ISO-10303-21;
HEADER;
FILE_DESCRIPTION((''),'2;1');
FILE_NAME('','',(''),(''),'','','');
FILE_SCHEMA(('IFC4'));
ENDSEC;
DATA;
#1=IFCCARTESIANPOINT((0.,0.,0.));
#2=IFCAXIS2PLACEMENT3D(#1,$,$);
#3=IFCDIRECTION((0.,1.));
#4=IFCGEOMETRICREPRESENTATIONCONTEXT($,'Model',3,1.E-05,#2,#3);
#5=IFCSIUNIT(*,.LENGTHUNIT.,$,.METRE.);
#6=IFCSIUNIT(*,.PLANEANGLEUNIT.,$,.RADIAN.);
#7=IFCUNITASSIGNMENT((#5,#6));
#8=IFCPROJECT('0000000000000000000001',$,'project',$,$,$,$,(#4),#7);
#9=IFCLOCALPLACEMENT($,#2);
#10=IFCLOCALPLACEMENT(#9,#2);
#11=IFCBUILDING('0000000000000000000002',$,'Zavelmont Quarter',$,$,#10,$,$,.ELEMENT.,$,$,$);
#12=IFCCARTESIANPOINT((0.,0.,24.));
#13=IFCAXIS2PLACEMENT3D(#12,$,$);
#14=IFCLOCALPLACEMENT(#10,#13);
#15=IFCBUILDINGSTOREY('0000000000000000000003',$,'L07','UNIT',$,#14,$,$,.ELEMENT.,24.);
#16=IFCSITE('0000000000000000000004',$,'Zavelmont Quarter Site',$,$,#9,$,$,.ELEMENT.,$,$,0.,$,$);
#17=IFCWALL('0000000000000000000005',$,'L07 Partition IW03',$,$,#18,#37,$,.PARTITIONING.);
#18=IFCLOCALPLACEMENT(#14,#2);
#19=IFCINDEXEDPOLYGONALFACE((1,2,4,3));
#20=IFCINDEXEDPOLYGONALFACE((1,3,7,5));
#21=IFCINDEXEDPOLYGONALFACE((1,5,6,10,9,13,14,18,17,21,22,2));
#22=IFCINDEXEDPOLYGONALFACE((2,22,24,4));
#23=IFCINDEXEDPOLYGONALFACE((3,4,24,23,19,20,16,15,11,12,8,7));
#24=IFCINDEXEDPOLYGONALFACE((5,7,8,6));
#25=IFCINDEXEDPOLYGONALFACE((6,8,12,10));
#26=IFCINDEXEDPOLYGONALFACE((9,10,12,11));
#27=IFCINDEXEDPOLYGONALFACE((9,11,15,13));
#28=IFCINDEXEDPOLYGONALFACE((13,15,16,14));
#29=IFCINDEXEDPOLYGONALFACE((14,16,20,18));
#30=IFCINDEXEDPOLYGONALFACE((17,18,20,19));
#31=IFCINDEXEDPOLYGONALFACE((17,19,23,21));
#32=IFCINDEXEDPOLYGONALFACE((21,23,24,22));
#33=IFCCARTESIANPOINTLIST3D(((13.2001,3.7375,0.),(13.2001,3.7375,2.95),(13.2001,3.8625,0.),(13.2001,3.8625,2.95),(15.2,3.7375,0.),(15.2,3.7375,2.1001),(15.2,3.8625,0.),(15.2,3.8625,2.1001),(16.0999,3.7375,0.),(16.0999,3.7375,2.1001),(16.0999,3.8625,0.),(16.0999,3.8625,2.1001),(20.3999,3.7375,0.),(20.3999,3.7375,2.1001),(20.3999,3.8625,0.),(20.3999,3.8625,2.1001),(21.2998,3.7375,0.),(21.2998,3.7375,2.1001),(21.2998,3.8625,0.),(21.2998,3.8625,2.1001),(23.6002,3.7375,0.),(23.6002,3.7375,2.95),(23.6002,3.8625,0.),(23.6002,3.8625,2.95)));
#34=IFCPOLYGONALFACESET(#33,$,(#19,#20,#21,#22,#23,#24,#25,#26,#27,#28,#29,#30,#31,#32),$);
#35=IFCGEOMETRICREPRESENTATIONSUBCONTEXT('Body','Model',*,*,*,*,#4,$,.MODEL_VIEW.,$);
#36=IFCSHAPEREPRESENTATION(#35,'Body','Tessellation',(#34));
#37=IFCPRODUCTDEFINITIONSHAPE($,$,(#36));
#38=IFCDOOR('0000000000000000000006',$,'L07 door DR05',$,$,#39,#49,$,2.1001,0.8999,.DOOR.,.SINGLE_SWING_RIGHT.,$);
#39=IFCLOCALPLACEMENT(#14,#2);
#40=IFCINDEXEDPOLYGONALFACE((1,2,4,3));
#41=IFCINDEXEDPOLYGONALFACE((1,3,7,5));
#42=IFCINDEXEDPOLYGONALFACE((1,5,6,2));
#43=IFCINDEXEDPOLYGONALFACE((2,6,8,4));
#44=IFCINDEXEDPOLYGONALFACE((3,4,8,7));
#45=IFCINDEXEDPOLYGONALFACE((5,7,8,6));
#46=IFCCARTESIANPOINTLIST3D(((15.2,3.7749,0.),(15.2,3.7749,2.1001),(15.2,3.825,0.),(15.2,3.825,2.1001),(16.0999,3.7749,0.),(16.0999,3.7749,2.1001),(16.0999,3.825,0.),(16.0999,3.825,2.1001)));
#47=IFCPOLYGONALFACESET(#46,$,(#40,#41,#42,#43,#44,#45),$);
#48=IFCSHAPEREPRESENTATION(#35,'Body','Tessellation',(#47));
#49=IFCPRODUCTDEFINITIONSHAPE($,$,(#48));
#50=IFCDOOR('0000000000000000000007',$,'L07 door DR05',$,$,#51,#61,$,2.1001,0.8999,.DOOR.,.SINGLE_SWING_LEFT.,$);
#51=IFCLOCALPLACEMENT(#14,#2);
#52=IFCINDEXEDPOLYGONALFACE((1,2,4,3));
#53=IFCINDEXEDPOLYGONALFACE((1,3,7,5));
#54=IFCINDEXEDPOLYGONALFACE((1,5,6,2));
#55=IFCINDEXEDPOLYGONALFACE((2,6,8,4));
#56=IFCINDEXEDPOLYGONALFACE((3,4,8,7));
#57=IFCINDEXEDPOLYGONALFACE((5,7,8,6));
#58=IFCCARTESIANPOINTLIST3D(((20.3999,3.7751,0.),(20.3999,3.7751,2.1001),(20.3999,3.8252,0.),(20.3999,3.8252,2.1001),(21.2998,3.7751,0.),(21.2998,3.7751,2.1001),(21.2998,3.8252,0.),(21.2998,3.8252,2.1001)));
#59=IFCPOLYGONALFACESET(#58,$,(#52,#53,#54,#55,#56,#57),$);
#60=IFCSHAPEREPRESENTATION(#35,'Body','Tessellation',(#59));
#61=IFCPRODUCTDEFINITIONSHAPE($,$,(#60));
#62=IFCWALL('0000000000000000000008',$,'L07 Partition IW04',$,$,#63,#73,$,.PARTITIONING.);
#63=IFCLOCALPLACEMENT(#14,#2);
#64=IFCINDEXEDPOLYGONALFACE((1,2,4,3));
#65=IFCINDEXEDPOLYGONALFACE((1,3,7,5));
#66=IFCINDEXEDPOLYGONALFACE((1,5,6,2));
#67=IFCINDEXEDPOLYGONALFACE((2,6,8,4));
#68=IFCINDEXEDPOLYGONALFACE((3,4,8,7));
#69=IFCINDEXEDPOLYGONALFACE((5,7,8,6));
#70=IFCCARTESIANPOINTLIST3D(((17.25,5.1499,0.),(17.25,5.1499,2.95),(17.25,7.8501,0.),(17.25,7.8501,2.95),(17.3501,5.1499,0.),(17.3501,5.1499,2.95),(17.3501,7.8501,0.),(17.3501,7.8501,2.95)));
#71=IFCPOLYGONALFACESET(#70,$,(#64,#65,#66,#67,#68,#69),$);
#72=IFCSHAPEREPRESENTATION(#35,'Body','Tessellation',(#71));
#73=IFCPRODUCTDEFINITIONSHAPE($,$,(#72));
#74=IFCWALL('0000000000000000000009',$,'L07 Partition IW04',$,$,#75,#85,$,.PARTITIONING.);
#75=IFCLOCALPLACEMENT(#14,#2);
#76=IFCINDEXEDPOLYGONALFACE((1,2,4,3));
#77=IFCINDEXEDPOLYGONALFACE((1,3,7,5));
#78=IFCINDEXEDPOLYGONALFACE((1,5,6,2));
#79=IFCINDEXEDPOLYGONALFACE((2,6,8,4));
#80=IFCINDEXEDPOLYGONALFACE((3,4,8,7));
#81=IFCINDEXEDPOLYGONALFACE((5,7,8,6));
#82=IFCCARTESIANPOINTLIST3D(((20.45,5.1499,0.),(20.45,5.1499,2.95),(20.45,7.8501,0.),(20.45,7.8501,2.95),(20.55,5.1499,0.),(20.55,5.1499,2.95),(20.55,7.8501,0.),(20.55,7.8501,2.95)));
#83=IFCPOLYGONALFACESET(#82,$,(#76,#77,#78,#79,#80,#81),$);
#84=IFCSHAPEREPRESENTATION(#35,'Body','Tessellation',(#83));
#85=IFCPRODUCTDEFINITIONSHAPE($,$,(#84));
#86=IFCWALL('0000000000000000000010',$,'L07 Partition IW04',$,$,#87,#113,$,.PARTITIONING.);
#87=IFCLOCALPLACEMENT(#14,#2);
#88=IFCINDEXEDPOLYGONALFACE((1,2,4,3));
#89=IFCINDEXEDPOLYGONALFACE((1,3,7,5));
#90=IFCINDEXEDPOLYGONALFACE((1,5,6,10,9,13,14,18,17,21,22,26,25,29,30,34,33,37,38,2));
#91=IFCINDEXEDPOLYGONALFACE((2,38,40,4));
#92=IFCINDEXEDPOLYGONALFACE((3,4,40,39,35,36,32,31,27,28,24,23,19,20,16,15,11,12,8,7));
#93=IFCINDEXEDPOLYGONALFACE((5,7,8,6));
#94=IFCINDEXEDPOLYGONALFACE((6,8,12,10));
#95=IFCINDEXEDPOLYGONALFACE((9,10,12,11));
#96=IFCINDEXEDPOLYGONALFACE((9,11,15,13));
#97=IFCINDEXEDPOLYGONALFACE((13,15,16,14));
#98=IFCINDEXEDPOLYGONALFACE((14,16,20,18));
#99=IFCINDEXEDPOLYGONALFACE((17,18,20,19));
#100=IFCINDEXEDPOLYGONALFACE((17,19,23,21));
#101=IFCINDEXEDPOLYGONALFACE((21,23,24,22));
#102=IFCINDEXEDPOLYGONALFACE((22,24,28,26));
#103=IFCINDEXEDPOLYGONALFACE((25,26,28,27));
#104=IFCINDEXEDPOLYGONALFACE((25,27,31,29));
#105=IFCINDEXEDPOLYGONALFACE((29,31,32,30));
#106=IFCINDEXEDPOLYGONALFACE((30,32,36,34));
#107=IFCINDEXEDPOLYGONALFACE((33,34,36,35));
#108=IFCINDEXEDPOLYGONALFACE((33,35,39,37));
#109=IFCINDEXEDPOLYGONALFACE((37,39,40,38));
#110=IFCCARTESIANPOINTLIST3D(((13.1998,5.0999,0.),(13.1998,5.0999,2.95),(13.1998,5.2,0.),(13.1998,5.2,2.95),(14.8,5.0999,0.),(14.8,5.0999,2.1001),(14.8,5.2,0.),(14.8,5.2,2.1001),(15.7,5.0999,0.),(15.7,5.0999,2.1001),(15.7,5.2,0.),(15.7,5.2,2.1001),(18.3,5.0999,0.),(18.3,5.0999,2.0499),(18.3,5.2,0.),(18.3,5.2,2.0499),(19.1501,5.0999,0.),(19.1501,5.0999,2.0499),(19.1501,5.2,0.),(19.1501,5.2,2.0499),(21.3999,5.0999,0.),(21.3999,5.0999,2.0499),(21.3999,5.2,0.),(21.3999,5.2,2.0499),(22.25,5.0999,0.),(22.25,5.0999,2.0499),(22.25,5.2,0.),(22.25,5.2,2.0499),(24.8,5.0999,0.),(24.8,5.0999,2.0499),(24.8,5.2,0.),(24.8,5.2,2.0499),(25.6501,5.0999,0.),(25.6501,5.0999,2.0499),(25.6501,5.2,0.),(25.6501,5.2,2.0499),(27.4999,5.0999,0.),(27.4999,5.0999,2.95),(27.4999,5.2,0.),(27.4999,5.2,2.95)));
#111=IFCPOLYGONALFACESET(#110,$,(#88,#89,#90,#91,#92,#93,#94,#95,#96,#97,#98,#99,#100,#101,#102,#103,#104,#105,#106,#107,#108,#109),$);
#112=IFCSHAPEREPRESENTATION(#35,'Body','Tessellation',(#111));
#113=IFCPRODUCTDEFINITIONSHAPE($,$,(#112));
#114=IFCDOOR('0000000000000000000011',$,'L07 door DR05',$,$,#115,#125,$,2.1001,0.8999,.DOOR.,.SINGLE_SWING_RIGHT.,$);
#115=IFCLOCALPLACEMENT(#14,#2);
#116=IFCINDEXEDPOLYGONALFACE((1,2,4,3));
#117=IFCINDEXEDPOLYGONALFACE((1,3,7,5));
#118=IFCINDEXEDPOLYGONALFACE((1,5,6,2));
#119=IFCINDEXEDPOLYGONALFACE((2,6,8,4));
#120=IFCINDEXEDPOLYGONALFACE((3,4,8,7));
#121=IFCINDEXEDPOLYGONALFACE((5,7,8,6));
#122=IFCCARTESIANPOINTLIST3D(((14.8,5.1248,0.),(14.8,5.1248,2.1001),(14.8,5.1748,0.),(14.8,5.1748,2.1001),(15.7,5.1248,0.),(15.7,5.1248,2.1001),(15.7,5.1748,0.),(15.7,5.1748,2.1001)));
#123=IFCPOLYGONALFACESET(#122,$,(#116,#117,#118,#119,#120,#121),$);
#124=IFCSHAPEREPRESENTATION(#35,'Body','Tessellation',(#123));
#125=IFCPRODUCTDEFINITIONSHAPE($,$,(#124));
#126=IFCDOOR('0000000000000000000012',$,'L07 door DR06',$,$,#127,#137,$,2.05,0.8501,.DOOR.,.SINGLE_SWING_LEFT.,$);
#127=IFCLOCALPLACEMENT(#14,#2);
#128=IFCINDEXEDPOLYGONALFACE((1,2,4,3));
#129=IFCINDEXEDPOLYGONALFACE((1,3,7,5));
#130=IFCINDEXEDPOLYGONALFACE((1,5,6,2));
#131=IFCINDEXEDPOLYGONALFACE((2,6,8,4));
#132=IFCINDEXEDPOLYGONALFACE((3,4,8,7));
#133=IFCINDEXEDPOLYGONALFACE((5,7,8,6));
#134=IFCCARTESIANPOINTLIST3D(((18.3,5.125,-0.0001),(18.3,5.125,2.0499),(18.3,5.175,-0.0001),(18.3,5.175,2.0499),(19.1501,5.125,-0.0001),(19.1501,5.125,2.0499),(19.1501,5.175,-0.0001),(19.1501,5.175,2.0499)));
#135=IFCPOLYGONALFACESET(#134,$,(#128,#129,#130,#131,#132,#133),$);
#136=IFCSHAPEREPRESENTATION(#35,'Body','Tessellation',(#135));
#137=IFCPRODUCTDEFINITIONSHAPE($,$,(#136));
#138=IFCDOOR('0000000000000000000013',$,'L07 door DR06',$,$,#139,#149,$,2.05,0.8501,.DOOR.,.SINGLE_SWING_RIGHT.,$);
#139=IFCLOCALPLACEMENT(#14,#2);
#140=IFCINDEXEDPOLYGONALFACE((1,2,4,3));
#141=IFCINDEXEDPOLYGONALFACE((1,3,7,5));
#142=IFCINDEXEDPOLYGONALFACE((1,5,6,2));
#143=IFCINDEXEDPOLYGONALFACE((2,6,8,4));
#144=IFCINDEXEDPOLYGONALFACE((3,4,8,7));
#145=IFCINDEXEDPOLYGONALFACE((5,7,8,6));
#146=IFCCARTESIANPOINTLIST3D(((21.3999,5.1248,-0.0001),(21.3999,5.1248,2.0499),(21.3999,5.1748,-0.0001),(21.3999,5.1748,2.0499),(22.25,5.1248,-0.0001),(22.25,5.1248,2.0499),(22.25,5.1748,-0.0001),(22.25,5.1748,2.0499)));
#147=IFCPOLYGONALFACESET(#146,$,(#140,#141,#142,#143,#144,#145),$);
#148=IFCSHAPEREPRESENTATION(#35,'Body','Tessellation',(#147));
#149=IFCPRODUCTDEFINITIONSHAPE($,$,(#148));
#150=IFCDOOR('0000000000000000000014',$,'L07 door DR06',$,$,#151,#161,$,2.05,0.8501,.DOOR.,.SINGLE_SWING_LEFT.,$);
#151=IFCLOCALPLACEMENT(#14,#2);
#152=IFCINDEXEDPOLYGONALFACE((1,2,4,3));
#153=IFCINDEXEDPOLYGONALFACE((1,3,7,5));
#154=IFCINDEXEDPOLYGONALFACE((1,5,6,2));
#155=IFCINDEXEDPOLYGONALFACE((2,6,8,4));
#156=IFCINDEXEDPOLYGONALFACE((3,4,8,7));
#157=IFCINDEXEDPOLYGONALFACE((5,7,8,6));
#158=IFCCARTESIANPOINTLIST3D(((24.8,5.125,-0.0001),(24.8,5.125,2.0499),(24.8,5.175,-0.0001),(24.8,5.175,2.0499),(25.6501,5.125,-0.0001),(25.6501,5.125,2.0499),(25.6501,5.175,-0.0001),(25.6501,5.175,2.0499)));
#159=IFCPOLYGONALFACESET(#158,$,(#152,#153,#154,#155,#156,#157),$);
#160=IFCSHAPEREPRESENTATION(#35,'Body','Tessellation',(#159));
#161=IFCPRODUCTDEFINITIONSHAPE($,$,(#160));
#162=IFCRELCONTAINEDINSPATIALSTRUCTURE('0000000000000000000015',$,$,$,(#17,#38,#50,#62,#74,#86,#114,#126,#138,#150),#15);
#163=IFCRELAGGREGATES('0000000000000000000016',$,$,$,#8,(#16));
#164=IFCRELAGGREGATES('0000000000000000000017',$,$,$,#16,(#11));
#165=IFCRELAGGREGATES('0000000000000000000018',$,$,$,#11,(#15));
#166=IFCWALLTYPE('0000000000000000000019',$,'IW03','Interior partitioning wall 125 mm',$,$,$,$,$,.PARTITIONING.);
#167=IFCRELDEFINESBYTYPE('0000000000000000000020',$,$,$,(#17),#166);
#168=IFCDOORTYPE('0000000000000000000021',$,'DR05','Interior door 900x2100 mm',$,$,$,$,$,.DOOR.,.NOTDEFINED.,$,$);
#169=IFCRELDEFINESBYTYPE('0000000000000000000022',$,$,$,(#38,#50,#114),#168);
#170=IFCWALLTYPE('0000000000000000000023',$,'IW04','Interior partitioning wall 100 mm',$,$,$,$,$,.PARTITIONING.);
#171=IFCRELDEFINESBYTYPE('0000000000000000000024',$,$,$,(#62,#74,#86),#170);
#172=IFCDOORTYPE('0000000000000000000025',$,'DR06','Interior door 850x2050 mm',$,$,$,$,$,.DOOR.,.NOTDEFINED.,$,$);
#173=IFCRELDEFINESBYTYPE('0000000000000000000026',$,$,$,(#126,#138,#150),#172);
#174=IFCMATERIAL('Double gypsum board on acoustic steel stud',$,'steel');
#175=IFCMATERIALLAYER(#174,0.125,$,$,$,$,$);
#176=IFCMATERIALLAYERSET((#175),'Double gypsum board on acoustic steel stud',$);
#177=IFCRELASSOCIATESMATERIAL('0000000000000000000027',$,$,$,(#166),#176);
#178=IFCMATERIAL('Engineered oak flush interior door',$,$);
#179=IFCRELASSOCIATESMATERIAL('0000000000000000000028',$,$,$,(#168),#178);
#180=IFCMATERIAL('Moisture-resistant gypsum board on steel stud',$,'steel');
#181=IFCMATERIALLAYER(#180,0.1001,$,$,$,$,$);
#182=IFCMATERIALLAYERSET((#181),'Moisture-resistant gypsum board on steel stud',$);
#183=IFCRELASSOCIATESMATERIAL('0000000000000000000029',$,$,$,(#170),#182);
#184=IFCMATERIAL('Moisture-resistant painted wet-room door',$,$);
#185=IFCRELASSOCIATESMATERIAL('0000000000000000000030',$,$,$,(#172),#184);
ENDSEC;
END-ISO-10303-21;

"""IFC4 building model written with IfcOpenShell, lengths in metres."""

from ifc_helpers import new_model, si_unit, direction, frame, frame_2d, origin, origin_with_axes, place, context, subcontext, project, spatial, rectangle, extrude, material, layer, layer_set, type_object, element, fill, save


model = new_model("IFC4")

# Units and contexts
model_context = context("Model", 3, precision=1e-05, world=origin(), true_north=direction((0.0, 1.0)))
body_context = subcontext(model_context, "Body", "Model", "MODEL_VIEW")
ifc_project = project(units=[si_unit("LENGTHUNIT", "METRE"), si_unit("PLANEANGLEUNIT", "RADIAN")], contexts=[model_context])

# Site, building, storey
site_placement = place(None, origin())
site = spatial("IfcSite", under=ifc_project, at=site_placement, Name="Zavelmont Quarter Site", CompositionType="ELEMENT", RefElevation=0.0)
building_placement = place(site_placement, origin())
building = spatial("IfcBuilding", under=site, at=building_placement, Name="Zavelmont Quarter", CompositionType="ELEMENT")
storey_placement = place(building_placement, frame((0.0, 0.0, 24.0)))
storey = spatial("IfcBuildingStorey", under=building, at=storey_placement, Name="L07", Description="UNIT", CompositionType="ELEMENT", Elevation=24.0)

# Shared definitions
ifc_material_1 = material(Name="Double gypsum board on acoustic steel stud", Category="steel")
ifc_layer_1 = layer(ifc_material_1, 0.125)
ifc_layer_set_1 = layer_set([ifc_layer_1], Name="Double gypsum board on acoustic steel stud")
wall_type_1 = type_object("IfcWallType", Name="IW03", Description="Interior partitioning wall 125 mm", PredefinedType="PARTITIONING", material=ifc_layer_set_1)
ifc_material_2 = material(Name="Engineered oak flush interior door")
door_type_1 = type_object("IfcDoorType", Name="DR05", Description="Interior door 900x2100 mm", OperationType="NOTDEFINED", PredefinedType="DOOR", material=ifc_material_2)

# Wall, openings, doors
wall_1_placement = place(storey_placement, frame((13.2, 3.8, 0.0), z_axis=(0.0, 0.0, 1.0), x_axis=(1.0, 0.0, 0.0)))
wall_1 = element("IfcWall", 1, at=wall_1_placement, inside=storey, type_object=wall_type_1, Name="L07 Partition IW03", PredefinedType="PARTITIONING", context=body_context, shape_type="SweptSolid", body=[
    extrude(rectangle(XDim=10.4001, YDim=0.125, at=frame_2d((5.2002, 0.0))), origin(), (0.0, 0.0, 1.0), 2.95),
])
opening_1_placement = place(wall_1_placement, frame((2.0, 0.0, 0.0)))
opening_1 = element("IfcOpeningElement", 2, at=opening_1_placement, cuts=wall_1, PredefinedType="OPENING", context=body_context, shape_type="SweptSolid", body=[
    extrude(rectangle(XDim=0.8999, YDim=2.1001, at=frame_2d((0.45, 1.05))), frame((0.0, 0.0745, 0.0), z_axis=(0.0, -1.0, 0.0), x_axis=(1.0, 0.0, 0.0)), (0.0, 0.0, 1.0), 0.1489),
])
opening_2_placement = place(wall_1_placement, frame((7.2, 0.0, 0.0)))
opening_2 = element("IfcOpeningElement", 3, at=opening_2_placement, cuts=wall_1, PredefinedType="OPENING", context=body_context, shape_type="SweptSolid", body=[
    extrude(rectangle(XDim=0.8999, YDim=2.1001, at=frame_2d((0.45, 1.05))), frame((0.0, 0.0745, 0.0), z_axis=(0.0, -1.0, 0.0), x_axis=(1.0, 0.0, 0.0)), (0.0, 0.0, 1.0), 0.1489),
])
door_1_placement = place(opening_1_placement, origin_with_axes())
door_1 = element("IfcDoor", 4, at=door_1_placement, inside=storey, type_object=door_type_1, Name="L07 door DR05", OperationType="SINGLE_SWING_RIGHT", OverallHeight=2.1001, OverallWidth=0.8999, PredefinedType="DOOR", context=body_context, shape_type="SweptSolid", body=[
    extrude(rectangle(XDim=0.8999, YDim=2.1001, at=frame_2d((0.45, 1.05))), frame((0.0, 0.0249, 0.0), z_axis=(0.0, -1.0, 0.0), x_axis=(1.0, 0.0, 0.0)), (0.0, 0.0, 1.0), 0.05),
])
fill(opening_1, door_1)
door_2_placement = place(opening_2_placement, frame((0.8999, 0.0, 0.0), z_axis=(0.0, 0.0, 1.0), x_axis=(-1.0, 0.0, 0.0)))
door_2 = element("IfcDoor", 5, at=door_2_placement, inside=storey, type_object=door_type_1, Name="L07 door DR05", OperationType="SINGLE_SWING_LEFT", OverallHeight=2.1001, OverallWidth=0.8999, PredefinedType="DOOR", context=body_context, shape_type="SweptSolid", body=[
    extrude(rectangle(XDim=0.8999, YDim=2.1001, at=frame_2d((0.45, 1.05))), frame((0.0, 0.0249, 0.0), z_axis=(0.0, -1.0, 0.0), x_axis=(1.0, 0.0, 0.0)), (0.0, 0.0, 1.0), 0.05),
])
fill(opening_2, door_2)

# Walls
ifc_material_3 = material(Name="Moisture-resistant gypsum board on steel stud", Category="steel")
ifc_layer_2 = layer(ifc_material_3, 0.1001)
ifc_layer_set_2 = layer_set([ifc_layer_2], Name="Moisture-resistant gypsum board on steel stud")
wall_type_2 = type_object("IfcWallType", Name="IW04", Description="Interior partitioning wall 100 mm", PredefinedType="PARTITIONING", material=ifc_layer_set_2)
for number, where, z_axis, x_axis, name in (
    (6, (17.3, 7.8501, 0.0), (0.0, 0.0, 1.0), (0.0, -1.0, 0.0), "L07 Partition IW04"),
    (7, (20.5, 7.8501, 0.0), (0.0, 0.0, 1.0), (0.0, -1.0, 0.0), "L07 Partition IW04"),
):
    element("IfcWall", number, at=place(storey_placement, frame(where, z_axis=z_axis, x_axis=x_axis)), inside=storey, type_object=wall_type_2, Name=name, PredefinedType="PARTITIONING", context=body_context, shape_type="SweptSolid", body=[
        extrude(rectangle(XDim=2.7002, YDim=0.1001, at=frame_2d((1.3501, 0.0))), origin(), (0.0, 0.0, 1.0), 2.95),
    ])

# Wall, openings, doors
wall_2_placement = place(storey_placement, frame((13.2, 5.1499, 0.0), z_axis=(0.0, 0.0, 1.0), x_axis=(1.0, 0.0, 0.0)))
wall_2 = element("IfcWall", 8, at=wall_2_placement, inside=storey, type_object=wall_type_2, Name="L07 Partition IW04", PredefinedType="PARTITIONING", context=body_context, shape_type="SweptSolid", body=[
    extrude(rectangle(XDim=14.3, YDim=0.1001, at=frame_2d((7.1499, 0.0))), origin(), (0.0, 0.0, 1.0), 2.95),
])
opening_3_placement = place(wall_2_placement, frame((1.6001, 0.0, 0.0)))
opening_3 = element("IfcOpeningElement", 9, at=opening_3_placement, cuts=wall_2, PredefinedType="OPENING", context=body_context, shape_type="SweptSolid", body=[
    extrude(rectangle(XDim=0.8999, YDim=2.1001, at=frame_2d((0.45, 1.05))), frame((0.0, 0.062, 0.0), z_axis=(0.0, -1.0, 0.0), x_axis=(1.0, 0.0, 0.0)), (0.0, 0.0, 1.0), 0.124),
])
opening_4_placement = place(wall_2_placement, frame((5.1001, 0.0, 0.0)))
opening_4 = element("IfcOpeningElement", 10, at=opening_4_placement, cuts=wall_2, PredefinedType="OPENING", context=body_context, shape_type="SweptSolid", body=[
    extrude(rectangle(XDim=0.8501, YDim=2.05, at=frame_2d((0.425, 1.0249))), frame((0.0, 0.062, 0.0), z_axis=(0.0, -1.0, 0.0), x_axis=(1.0, 0.0, 0.0)), (0.0, 0.0, 1.0), 0.124),
])
opening_5_placement = place(wall_2_placement, frame((8.2, 0.0, 0.0)))
opening_5 = element("IfcOpeningElement", 11, at=opening_5_placement, cuts=wall_2, PredefinedType="OPENING", context=body_context, shape_type="SweptSolid", body=[
    extrude(rectangle(XDim=0.8501, YDim=2.05, at=frame_2d((0.425, 1.0249))), frame((0.0, 0.062, 0.0), z_axis=(0.0, -1.0, 0.0), x_axis=(1.0, 0.0, 0.0)), (0.0, 0.0, 1.0), 0.124),
])
opening_6_placement = place(wall_2_placement, frame((11.6001, 0.0, 0.0)))
opening_6 = element("IfcOpeningElement", 12, at=opening_6_placement, cuts=wall_2, PredefinedType="OPENING", context=body_context, shape_type="SweptSolid", body=[
    extrude(rectangle(XDim=0.8501, YDim=2.05, at=frame_2d((0.425, 1.0249))), frame((0.0, 0.062, 0.0), z_axis=(0.0, -1.0, 0.0), x_axis=(1.0, 0.0, 0.0)), (0.0, 0.0, 1.0), 0.124),
])
door_3_placement = place(opening_3_placement, origin_with_axes())
door_3 = element("IfcDoor", 13, at=door_3_placement, inside=storey, type_object=door_type_1, Name="L07 door DR05", OperationType="SINGLE_SWING_RIGHT", OverallHeight=2.1001, OverallWidth=0.8999, PredefinedType="DOOR", context=body_context, shape_type="SweptSolid", body=[
    extrude(rectangle(XDim=0.8999, YDim=2.1001, at=frame_2d((0.45, 1.05))), frame((0.0, 0.0249, 0.0), z_axis=(0.0, -1.0, 0.0), x_axis=(1.0, 0.0, 0.0)), (0.0, 0.0, 1.0), 0.05),
])
fill(opening_3, door_3)
ifc_material_4 = material(Name="Moisture-resistant painted wet-room door")
door_type_2 = type_object("IfcDoorType", Name="DR06", Description="Interior door 850x2050 mm", OperationType="NOTDEFINED", PredefinedType="DOOR", material=ifc_material_4)
door_4_placement = place(opening_4_placement, frame((0.8501, 0.0, 0.0), z_axis=(0.0, 0.0, 1.0), x_axis=(-1.0, 0.0, 0.0)))
door_4 = element("IfcDoor", 14, at=door_4_placement, inside=storey, type_object=door_type_2, Name="L07 door DR06", OperationType="SINGLE_SWING_LEFT", OverallHeight=2.05, OverallWidth=0.8501, PredefinedType="DOOR", context=body_context, shape_type="SweptSolid", body=[
    extrude(rectangle(XDim=0.8501, YDim=2.05, at=frame_2d((0.425, 1.0249))), frame((0.0, 0.0249, 0.0), z_axis=(0.0, -1.0, 0.0), x_axis=(1.0, 0.0, 0.0)), (0.0, 0.0, 1.0), 0.05),
])
fill(opening_4, door_4)
door_5_placement = place(opening_5_placement, origin_with_axes())
door_5 = element("IfcDoor", 15, at=door_5_placement, inside=storey, type_object=door_type_2, Name="L07 door DR06", OperationType="SINGLE_SWING_RIGHT", OverallHeight=2.05, OverallWidth=0.8501, PredefinedType="DOOR", context=body_context, shape_type="SweptSolid", body=[
    extrude(rectangle(XDim=0.8501, YDim=2.05, at=frame_2d((0.425, 1.0249))), frame((0.0, 0.0249, 0.0), z_axis=(0.0, -1.0, 0.0), x_axis=(1.0, 0.0, 0.0)), (0.0, 0.0, 1.0), 0.05),
])
fill(opening_5, door_5)
door_6_placement = place(opening_6_placement, frame((0.8501, 0.0, 0.0), z_axis=(0.0, 0.0, 1.0), x_axis=(-1.0, 0.0, 0.0)))
door_6 = element("IfcDoor", 16, at=door_6_placement, inside=storey, type_object=door_type_2, Name="L07 door DR06", OperationType="SINGLE_SWING_LEFT", OverallHeight=2.05, OverallWidth=0.8501, PredefinedType="DOOR", context=body_context, shape_type="SweptSolid", body=[
    extrude(rectangle(XDim=0.8501, YDim=2.05, at=frame_2d((0.425, 1.0249))), frame((0.0, 0.0249, 0.0), z_axis=(0.0, -1.0, 0.0), x_axis=(1.0, 0.0, 0.0)), (0.0, 0.0, 1.0), 0.05),
])
fill(opening_6, door_6)

save(model, "model.ifc")
